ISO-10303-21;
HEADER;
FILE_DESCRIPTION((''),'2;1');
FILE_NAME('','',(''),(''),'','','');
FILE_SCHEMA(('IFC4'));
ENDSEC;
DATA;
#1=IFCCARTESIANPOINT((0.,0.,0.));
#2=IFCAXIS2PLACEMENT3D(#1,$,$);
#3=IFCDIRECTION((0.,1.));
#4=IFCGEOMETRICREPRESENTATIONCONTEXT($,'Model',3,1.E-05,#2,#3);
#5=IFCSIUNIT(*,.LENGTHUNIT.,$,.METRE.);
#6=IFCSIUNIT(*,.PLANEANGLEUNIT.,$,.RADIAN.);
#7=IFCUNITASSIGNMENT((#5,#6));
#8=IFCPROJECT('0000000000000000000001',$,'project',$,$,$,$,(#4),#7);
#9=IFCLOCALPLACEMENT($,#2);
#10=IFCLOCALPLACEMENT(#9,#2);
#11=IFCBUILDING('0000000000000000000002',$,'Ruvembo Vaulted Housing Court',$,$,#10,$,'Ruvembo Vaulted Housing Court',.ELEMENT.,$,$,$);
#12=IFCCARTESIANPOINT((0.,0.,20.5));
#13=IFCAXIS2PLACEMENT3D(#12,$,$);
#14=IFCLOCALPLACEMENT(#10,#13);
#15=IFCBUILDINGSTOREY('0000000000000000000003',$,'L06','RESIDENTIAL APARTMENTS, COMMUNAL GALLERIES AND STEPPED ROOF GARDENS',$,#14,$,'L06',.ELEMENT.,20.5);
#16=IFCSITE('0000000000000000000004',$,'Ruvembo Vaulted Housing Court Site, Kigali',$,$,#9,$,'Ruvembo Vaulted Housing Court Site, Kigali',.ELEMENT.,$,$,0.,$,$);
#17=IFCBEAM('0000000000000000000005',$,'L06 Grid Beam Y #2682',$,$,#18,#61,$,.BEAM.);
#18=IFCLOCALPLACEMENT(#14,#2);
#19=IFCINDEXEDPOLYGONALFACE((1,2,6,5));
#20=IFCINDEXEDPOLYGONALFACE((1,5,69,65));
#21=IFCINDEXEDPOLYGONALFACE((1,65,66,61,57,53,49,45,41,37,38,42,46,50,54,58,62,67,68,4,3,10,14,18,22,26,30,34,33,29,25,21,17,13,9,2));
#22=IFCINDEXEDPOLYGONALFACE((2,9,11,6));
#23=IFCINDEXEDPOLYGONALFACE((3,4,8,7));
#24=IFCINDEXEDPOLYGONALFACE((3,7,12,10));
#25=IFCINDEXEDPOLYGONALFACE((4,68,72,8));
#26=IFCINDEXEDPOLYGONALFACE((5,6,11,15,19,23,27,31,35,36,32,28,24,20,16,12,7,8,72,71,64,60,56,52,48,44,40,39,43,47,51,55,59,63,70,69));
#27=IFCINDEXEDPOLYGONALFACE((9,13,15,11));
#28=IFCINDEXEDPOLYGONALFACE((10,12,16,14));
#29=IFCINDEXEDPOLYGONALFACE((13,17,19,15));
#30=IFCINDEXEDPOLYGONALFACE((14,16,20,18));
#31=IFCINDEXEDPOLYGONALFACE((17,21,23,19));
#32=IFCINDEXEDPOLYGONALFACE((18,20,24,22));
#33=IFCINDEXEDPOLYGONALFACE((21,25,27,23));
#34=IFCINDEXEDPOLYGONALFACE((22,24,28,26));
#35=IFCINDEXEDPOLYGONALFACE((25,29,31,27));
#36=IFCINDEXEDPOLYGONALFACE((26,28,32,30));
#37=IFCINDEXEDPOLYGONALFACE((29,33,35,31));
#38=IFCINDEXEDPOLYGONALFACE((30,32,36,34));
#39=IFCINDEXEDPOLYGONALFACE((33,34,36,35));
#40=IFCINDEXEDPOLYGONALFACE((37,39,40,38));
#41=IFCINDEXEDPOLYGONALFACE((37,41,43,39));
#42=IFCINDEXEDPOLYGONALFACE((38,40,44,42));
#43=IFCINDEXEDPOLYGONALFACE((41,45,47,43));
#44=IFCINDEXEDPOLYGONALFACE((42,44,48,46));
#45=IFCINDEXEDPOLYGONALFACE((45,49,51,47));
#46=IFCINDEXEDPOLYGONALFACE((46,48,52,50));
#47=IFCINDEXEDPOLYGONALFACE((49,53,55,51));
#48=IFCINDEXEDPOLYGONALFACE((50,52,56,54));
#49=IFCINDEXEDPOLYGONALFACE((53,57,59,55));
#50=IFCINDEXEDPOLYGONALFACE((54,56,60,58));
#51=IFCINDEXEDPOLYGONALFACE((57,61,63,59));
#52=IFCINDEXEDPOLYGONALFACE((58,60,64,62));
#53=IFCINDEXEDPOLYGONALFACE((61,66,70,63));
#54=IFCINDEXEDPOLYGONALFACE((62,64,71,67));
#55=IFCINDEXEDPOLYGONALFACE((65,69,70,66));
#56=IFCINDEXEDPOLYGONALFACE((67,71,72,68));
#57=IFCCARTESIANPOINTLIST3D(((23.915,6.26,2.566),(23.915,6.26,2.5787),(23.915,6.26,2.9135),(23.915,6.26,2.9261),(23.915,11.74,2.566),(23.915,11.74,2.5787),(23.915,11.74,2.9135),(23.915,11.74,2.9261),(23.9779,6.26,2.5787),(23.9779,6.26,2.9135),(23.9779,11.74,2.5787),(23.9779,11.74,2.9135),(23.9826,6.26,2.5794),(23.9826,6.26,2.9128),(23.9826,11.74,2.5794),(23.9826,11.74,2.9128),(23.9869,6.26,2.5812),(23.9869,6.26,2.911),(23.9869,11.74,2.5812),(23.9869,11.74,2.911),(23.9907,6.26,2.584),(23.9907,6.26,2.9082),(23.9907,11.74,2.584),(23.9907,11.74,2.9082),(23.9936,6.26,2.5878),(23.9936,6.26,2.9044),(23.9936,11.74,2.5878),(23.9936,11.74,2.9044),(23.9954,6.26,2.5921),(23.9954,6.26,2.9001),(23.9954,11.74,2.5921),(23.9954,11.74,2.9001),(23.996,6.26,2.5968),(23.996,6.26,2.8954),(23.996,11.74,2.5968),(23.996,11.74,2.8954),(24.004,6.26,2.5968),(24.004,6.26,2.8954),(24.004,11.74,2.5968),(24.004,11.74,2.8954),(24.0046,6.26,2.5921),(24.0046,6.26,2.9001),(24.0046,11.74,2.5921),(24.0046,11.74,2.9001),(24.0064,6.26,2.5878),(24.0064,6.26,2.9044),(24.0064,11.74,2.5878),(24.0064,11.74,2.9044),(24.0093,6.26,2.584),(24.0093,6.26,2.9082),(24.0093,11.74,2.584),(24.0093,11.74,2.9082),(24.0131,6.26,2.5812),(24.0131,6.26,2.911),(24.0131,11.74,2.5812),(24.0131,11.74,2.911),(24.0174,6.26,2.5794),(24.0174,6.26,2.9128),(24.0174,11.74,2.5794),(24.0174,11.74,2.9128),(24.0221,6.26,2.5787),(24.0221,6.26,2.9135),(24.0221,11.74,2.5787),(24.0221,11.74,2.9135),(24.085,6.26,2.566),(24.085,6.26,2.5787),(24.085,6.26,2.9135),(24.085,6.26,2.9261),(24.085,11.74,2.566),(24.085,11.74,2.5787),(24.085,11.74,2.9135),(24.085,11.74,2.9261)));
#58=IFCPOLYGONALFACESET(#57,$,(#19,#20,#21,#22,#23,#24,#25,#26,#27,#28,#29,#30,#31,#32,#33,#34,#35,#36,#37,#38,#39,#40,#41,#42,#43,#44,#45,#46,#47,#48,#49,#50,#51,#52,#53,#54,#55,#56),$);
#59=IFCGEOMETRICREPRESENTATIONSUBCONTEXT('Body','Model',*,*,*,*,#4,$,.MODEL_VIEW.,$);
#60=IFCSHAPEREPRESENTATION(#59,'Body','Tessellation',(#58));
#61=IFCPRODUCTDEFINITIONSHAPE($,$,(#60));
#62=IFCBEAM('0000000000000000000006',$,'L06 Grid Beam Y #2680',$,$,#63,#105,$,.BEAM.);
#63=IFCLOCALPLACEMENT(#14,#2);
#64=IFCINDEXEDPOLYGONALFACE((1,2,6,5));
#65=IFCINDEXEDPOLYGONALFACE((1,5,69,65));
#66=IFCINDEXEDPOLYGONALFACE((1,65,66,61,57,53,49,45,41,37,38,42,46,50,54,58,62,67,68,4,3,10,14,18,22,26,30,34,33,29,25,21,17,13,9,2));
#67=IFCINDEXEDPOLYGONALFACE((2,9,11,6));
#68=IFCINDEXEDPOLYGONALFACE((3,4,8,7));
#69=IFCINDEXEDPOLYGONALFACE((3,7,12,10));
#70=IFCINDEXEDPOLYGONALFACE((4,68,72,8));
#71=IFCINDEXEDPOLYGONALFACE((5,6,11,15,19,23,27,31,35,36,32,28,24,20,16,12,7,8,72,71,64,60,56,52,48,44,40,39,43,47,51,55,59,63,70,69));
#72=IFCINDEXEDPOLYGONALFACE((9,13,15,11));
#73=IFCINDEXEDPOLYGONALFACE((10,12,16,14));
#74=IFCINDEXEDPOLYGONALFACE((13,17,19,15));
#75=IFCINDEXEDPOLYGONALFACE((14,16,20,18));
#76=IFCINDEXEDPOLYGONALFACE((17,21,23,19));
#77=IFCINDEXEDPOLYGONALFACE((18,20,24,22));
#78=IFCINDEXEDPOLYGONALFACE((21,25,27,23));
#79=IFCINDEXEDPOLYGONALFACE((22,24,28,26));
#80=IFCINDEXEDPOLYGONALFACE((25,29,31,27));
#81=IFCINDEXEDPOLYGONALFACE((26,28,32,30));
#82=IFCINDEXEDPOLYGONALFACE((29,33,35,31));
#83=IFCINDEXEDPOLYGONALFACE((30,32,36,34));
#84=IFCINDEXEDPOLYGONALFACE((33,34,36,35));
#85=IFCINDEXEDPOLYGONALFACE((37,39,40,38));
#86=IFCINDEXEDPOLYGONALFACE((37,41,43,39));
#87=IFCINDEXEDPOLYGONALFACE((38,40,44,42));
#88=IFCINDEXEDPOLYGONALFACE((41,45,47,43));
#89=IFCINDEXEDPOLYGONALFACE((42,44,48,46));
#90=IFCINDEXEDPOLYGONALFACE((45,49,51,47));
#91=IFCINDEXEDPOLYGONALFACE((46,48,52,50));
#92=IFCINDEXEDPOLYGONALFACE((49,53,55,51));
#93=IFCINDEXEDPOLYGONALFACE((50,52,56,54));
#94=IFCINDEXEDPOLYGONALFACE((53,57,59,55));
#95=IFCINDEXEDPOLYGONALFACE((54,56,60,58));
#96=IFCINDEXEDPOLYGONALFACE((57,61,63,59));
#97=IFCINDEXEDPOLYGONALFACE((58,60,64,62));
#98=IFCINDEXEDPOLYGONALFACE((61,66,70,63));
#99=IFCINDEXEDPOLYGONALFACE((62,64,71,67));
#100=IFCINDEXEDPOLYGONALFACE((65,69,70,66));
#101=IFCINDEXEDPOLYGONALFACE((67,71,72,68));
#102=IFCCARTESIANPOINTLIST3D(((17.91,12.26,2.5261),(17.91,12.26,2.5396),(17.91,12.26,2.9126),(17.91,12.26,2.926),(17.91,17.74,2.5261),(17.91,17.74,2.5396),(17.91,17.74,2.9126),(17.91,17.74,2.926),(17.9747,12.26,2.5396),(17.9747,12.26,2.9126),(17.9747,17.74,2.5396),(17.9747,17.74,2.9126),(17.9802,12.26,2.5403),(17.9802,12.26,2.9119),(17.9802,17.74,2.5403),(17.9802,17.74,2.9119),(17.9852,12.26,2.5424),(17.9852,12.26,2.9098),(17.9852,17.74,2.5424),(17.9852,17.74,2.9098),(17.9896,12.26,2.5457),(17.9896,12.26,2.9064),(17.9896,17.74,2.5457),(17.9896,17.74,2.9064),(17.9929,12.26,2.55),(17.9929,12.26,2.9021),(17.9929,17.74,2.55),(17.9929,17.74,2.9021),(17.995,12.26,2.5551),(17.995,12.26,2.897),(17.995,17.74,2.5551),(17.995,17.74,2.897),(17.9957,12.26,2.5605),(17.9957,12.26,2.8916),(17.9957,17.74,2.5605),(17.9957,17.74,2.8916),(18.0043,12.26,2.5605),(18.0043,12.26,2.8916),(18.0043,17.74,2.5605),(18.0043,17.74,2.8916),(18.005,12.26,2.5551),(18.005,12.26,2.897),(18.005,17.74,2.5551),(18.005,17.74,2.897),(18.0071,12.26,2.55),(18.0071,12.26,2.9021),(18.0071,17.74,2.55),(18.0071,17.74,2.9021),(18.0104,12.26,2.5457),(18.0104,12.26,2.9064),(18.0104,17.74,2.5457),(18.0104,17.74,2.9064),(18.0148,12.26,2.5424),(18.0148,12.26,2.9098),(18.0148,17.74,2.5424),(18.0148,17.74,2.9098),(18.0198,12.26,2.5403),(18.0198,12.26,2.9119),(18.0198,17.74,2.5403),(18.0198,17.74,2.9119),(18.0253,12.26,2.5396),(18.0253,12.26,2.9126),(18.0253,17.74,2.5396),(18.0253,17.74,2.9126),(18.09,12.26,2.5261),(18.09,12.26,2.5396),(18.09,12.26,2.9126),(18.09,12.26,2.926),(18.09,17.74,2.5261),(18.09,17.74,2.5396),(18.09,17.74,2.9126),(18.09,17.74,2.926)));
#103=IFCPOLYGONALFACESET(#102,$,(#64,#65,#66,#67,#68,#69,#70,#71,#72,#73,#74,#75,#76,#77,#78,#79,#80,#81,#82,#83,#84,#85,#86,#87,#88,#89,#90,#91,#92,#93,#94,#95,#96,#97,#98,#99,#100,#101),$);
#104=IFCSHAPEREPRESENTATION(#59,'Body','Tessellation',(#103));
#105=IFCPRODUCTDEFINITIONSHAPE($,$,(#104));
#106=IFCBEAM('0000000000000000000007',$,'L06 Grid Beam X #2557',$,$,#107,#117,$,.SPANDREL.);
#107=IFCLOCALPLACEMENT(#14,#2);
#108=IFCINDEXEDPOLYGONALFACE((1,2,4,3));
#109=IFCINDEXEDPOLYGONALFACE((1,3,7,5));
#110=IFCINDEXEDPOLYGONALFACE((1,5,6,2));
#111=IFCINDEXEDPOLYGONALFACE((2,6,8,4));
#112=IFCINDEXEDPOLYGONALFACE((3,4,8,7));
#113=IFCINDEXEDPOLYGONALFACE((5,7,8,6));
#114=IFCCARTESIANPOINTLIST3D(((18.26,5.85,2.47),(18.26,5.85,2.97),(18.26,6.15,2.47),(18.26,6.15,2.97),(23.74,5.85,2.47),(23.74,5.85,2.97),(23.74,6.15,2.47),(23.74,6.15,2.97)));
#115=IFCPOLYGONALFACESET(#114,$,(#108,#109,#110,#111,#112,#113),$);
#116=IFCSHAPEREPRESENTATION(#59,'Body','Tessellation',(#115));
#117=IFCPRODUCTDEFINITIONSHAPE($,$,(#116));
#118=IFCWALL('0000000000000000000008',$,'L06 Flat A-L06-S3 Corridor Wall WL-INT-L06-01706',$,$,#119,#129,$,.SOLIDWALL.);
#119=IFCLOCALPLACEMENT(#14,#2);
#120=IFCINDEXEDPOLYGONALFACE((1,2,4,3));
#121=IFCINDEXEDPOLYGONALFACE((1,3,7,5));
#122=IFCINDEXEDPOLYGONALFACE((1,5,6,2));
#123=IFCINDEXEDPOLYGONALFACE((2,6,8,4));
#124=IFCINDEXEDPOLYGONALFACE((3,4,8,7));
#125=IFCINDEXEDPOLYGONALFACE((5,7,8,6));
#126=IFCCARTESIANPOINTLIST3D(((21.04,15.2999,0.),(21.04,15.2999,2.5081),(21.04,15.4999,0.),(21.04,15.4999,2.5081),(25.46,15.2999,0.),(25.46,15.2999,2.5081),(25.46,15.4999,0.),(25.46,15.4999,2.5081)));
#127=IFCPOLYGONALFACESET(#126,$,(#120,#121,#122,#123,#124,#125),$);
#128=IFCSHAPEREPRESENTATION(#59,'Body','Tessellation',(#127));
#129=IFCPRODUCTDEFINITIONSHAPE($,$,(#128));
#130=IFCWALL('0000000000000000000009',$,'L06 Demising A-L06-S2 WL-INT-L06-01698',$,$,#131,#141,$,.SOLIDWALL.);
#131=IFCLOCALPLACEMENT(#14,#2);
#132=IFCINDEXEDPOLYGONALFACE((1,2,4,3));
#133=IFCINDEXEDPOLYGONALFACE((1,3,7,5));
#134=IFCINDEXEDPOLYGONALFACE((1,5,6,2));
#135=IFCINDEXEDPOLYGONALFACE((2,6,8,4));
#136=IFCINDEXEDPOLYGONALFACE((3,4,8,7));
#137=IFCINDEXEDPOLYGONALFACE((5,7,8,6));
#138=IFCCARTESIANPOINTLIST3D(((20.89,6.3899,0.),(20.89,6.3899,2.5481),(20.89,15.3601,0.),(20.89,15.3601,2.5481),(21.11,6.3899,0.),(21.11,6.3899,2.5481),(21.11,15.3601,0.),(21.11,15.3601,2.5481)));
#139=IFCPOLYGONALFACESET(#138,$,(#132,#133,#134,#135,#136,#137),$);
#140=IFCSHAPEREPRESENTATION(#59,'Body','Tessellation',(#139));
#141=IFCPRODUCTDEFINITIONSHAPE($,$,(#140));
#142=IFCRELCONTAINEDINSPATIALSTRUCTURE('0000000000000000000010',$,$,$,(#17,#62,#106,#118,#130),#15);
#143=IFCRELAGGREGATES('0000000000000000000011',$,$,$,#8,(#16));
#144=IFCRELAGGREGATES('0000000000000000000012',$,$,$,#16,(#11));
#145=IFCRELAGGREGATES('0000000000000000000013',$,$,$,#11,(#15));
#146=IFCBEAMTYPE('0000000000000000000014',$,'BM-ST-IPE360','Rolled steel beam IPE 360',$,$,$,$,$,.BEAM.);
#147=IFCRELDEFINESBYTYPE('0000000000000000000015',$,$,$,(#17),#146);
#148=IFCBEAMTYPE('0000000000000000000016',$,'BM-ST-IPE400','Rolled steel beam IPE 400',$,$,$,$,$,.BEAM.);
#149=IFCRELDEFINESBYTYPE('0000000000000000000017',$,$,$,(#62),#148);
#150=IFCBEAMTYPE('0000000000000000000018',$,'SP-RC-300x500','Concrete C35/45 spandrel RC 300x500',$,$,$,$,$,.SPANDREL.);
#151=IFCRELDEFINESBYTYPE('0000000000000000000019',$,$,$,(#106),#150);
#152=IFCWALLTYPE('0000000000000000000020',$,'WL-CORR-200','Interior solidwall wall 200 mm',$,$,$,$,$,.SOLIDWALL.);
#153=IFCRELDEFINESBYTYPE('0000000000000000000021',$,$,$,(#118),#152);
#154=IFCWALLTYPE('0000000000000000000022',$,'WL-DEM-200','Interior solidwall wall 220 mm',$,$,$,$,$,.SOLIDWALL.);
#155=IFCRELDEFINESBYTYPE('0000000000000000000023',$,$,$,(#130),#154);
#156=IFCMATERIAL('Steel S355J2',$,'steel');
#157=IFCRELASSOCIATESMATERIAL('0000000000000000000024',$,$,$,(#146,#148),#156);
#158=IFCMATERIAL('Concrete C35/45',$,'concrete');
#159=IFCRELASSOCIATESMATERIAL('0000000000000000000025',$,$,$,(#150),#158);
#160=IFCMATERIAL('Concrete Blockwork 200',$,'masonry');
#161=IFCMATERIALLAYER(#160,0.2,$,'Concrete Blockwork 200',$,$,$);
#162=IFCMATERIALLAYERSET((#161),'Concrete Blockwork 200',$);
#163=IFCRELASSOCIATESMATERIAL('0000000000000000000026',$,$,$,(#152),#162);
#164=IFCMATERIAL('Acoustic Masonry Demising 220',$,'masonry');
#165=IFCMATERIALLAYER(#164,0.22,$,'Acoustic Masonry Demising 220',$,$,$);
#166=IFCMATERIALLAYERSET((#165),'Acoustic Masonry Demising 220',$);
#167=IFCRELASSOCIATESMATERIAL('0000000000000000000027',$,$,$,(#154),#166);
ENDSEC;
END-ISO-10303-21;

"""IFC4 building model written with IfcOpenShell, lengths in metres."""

from ifc_helpers import new_model, si_unit, direction, frame, frame_2d, origin, origin_2d, place, context, subcontext, project, spatial, rectangle, i_section, extrude, material, layer, layer_set, material_profile, profile_set, type_object, element, save


model = new_model("IFC4")

# Units and contexts
model_context = context("Model", 3, precision=1e-05, world=origin(), true_north=direction((0.0, 1.0)))
body_context = subcontext(model_context, "Body", "Model", "MODEL_VIEW")
ifc_project = project(units=[si_unit("LENGTHUNIT", "METRE"), si_unit("PLANEANGLEUNIT", "RADIAN")], contexts=[model_context])

# Site, building, storey
site_placement = place(None, origin())
site = spatial("IfcSite", under=ifc_project, at=site_placement, Name="Ruvembo Vaulted Housing Court Site, Kigali", LongName="Ruvembo Vaulted Housing Court Site, Kigali", CompositionType="ELEMENT", RefElevation=0.0)
building_placement = place(site_placement, origin())
building = spatial("IfcBuilding", under=site, at=building_placement, Name="Ruvembo Vaulted Housing Court", LongName="Ruvembo Vaulted Housing Court", CompositionType="ELEMENT")
storey_placement = place(building_placement, frame((0.0, 0.0, 20.5)))
storey = spatial("IfcBuildingStorey", under=building, at=storey_placement, Name="L06", Description="RESIDENTIAL APARTMENTS, COMMUNAL GALLERIES AND STEPPED ROOF GARDENS", LongName="L06", CompositionType="ELEMENT", Elevation=20.5)

# Shared definitions
ifc_material_1 = material(Name="Concrete C35/45", Category="concrete")

# Beams
ifc_material_2 = material(Name="Steel S355J2", Category="steel")
ifc_material_profile_1 = material_profile(ifc_material_2, i_section(OverallWidth=0.1699, OverallDepth=0.3601, WebThickness=0.0081, FlangeThickness=0.0127, FilletRadius=0.0181, at=origin_2d()), Name="IPE 360")
ifc_profile_set_1 = profile_set([ifc_material_profile_1], Name="Steel S355J2")
beam_type_1 = type_object("IfcBeamType", Name="BM-ST-IPE360", Description="Rolled steel beam IPE 360", PredefinedType="BEAM", material=ifc_profile_set_1)
for number, where, z_axis, x_axis, name in (
    (1, (24.0, 6.26, 2.7461), (0.0, 1.0, 0.0), (-1.0, 0.0, 0.0), "L06 Grid Beam Y #2682"),
):
    element("IfcBeam", number, at=place(storey_placement, frame(where, z_axis=z_axis, x_axis=x_axis)), inside=storey, type_object=beam_type_1, Name=name, PredefinedType="BEAM", context=body_context, shape_type="SweptSolid", body=[
        extrude(i_section(OverallWidth=0.1699, OverallDepth=0.3601, WebThickness=0.0081, FlangeThickness=0.0127, FilletRadius=0.0181, at=origin_2d()), origin(), (0.0, 0.0, 1.0), 5.48),
    ])
ifc_material_profile_2 = material_profile(ifc_material_2, i_section(OverallWidth=0.1799, OverallDepth=0.3999, WebThickness=0.0085, FlangeThickness=0.0134, FilletRadius=0.021, at=origin_2d()), Name="IPE 400")
ifc_profile_set_2 = profile_set([ifc_material_profile_2], Name="Steel S355J2")
beam_type_2 = type_object("IfcBeamType", Name="BM-ST-IPE400", Description="Rolled steel beam IPE 400", PredefinedType="BEAM", material=ifc_profile_set_2)
beam_1_placement = place(storey_placement, frame((18.0, 12.26, 2.7261), z_axis=(0.0, 1.0, 0.0), x_axis=(-1.0, 0.0, 0.0)))
element("IfcBeam", 2, at=beam_1_placement, inside=storey, type_object=beam_type_2, Name="L06 Grid Beam Y #2680", PredefinedType="BEAM", context=body_context, shape_type="SweptSolid", body=[
    extrude(i_section(OverallWidth=0.1799, OverallDepth=0.3999, WebThickness=0.0085, FlangeThickness=0.0134, FilletRadius=0.021, at=origin_2d()), origin(), (0.0, 0.0, 1.0), 5.48),
])
ifc_material_profile_3 = material_profile(ifc_material_1, rectangle(XDim=0.3, YDim=0.5, at=origin_2d()), Name="RC 300x500")
ifc_profile_set_3 = profile_set([ifc_material_profile_3], Name="Concrete C35/45")
beam_type_3 = type_object("IfcBeamType", Name="SP-RC-300x500", Description="Concrete C35/45 spandrel RC 300x500", PredefinedType="SPANDREL", material=ifc_profile_set_3)
beam_2_placement = place(storey_placement, frame((18.26, 6.0, 2.72), z_axis=(1.0, 0.0, 0.0), x_axis=(0.0, 1.0, 0.0)))
element("IfcBeam", 3, at=beam_2_placement, inside=storey, type_object=beam_type_3, Name="L06 Grid Beam X #2557", PredefinedType="SPANDREL", context=body_context, shape_type="SweptSolid", body=[
    extrude(rectangle(XDim=0.3, YDim=0.5, at=origin_2d()), origin(), (0.0, 0.0, 1.0), 5.48),
])

# Walls
ifc_material_3 = material(Name="Concrete Blockwork 200", Category="masonry")
ifc_layer_1 = layer(ifc_material_3, 0.2, Name="Concrete Blockwork 200")
ifc_layer_set_1 = layer_set([ifc_layer_1], Name="Concrete Blockwork 200")
wall_type_1 = type_object("IfcWallType", Name="WL-CORR-200", Description="Interior solidwall wall 200 mm", PredefinedType="SOLIDWALL", material=ifc_layer_set_1)
wall_1_placement = place(storey_placement, frame((21.04, 15.3999, 0.0), z_axis=(0.0, 0.0, 1.0), x_axis=(1.0, 0.0, 0.0)))
element("IfcWall", 4, at=wall_1_placement, inside=storey, type_object=wall_type_1, Name="L06 Flat A-L06-S3 Corridor Wall WL-INT-L06-01706", PredefinedType="SOLIDWALL", context=body_context, shape_type="SweptSolid", body=[
    extrude(rectangle(XDim=4.4199, YDim=0.2, at=frame_2d((2.21, 0.0))), origin(), (0.0, 0.0, 1.0), 2.5081),
])
ifc_material_4 = material(Name="Acoustic Masonry Demising 220", Category="masonry")
ifc_layer_2 = layer(ifc_material_4, 0.22, Name="Acoustic Masonry Demising 220")
ifc_layer_set_2 = layer_set([ifc_layer_2], Name="Acoustic Masonry Demising 220")
wall_type_2 = type_object("IfcWallType", Name="WL-DEM-200", Description="Interior solidwall wall 220 mm", PredefinedType="SOLIDWALL", material=ifc_layer_set_2)
wall_2_placement = place(storey_placement, frame((21.0, 6.3899, 0.0), z_axis=(0.0, 0.0, 1.0), x_axis=(0.0, 1.0, 0.0)))
element("IfcWall", 5, at=wall_2_placement, inside=storey, type_object=wall_type_2, Name="L06 Demising A-L06-S2 WL-INT-L06-01698", PredefinedType="SOLIDWALL", context=body_context, shape_type="SweptSolid", body=[
    extrude(rectangle(XDim=8.9702, YDim=0.22, at=frame_2d((4.4851, 0.0))), origin(), (0.0, 0.0, 1.0), 2.5481),
])

save(model, "model.ifc")
